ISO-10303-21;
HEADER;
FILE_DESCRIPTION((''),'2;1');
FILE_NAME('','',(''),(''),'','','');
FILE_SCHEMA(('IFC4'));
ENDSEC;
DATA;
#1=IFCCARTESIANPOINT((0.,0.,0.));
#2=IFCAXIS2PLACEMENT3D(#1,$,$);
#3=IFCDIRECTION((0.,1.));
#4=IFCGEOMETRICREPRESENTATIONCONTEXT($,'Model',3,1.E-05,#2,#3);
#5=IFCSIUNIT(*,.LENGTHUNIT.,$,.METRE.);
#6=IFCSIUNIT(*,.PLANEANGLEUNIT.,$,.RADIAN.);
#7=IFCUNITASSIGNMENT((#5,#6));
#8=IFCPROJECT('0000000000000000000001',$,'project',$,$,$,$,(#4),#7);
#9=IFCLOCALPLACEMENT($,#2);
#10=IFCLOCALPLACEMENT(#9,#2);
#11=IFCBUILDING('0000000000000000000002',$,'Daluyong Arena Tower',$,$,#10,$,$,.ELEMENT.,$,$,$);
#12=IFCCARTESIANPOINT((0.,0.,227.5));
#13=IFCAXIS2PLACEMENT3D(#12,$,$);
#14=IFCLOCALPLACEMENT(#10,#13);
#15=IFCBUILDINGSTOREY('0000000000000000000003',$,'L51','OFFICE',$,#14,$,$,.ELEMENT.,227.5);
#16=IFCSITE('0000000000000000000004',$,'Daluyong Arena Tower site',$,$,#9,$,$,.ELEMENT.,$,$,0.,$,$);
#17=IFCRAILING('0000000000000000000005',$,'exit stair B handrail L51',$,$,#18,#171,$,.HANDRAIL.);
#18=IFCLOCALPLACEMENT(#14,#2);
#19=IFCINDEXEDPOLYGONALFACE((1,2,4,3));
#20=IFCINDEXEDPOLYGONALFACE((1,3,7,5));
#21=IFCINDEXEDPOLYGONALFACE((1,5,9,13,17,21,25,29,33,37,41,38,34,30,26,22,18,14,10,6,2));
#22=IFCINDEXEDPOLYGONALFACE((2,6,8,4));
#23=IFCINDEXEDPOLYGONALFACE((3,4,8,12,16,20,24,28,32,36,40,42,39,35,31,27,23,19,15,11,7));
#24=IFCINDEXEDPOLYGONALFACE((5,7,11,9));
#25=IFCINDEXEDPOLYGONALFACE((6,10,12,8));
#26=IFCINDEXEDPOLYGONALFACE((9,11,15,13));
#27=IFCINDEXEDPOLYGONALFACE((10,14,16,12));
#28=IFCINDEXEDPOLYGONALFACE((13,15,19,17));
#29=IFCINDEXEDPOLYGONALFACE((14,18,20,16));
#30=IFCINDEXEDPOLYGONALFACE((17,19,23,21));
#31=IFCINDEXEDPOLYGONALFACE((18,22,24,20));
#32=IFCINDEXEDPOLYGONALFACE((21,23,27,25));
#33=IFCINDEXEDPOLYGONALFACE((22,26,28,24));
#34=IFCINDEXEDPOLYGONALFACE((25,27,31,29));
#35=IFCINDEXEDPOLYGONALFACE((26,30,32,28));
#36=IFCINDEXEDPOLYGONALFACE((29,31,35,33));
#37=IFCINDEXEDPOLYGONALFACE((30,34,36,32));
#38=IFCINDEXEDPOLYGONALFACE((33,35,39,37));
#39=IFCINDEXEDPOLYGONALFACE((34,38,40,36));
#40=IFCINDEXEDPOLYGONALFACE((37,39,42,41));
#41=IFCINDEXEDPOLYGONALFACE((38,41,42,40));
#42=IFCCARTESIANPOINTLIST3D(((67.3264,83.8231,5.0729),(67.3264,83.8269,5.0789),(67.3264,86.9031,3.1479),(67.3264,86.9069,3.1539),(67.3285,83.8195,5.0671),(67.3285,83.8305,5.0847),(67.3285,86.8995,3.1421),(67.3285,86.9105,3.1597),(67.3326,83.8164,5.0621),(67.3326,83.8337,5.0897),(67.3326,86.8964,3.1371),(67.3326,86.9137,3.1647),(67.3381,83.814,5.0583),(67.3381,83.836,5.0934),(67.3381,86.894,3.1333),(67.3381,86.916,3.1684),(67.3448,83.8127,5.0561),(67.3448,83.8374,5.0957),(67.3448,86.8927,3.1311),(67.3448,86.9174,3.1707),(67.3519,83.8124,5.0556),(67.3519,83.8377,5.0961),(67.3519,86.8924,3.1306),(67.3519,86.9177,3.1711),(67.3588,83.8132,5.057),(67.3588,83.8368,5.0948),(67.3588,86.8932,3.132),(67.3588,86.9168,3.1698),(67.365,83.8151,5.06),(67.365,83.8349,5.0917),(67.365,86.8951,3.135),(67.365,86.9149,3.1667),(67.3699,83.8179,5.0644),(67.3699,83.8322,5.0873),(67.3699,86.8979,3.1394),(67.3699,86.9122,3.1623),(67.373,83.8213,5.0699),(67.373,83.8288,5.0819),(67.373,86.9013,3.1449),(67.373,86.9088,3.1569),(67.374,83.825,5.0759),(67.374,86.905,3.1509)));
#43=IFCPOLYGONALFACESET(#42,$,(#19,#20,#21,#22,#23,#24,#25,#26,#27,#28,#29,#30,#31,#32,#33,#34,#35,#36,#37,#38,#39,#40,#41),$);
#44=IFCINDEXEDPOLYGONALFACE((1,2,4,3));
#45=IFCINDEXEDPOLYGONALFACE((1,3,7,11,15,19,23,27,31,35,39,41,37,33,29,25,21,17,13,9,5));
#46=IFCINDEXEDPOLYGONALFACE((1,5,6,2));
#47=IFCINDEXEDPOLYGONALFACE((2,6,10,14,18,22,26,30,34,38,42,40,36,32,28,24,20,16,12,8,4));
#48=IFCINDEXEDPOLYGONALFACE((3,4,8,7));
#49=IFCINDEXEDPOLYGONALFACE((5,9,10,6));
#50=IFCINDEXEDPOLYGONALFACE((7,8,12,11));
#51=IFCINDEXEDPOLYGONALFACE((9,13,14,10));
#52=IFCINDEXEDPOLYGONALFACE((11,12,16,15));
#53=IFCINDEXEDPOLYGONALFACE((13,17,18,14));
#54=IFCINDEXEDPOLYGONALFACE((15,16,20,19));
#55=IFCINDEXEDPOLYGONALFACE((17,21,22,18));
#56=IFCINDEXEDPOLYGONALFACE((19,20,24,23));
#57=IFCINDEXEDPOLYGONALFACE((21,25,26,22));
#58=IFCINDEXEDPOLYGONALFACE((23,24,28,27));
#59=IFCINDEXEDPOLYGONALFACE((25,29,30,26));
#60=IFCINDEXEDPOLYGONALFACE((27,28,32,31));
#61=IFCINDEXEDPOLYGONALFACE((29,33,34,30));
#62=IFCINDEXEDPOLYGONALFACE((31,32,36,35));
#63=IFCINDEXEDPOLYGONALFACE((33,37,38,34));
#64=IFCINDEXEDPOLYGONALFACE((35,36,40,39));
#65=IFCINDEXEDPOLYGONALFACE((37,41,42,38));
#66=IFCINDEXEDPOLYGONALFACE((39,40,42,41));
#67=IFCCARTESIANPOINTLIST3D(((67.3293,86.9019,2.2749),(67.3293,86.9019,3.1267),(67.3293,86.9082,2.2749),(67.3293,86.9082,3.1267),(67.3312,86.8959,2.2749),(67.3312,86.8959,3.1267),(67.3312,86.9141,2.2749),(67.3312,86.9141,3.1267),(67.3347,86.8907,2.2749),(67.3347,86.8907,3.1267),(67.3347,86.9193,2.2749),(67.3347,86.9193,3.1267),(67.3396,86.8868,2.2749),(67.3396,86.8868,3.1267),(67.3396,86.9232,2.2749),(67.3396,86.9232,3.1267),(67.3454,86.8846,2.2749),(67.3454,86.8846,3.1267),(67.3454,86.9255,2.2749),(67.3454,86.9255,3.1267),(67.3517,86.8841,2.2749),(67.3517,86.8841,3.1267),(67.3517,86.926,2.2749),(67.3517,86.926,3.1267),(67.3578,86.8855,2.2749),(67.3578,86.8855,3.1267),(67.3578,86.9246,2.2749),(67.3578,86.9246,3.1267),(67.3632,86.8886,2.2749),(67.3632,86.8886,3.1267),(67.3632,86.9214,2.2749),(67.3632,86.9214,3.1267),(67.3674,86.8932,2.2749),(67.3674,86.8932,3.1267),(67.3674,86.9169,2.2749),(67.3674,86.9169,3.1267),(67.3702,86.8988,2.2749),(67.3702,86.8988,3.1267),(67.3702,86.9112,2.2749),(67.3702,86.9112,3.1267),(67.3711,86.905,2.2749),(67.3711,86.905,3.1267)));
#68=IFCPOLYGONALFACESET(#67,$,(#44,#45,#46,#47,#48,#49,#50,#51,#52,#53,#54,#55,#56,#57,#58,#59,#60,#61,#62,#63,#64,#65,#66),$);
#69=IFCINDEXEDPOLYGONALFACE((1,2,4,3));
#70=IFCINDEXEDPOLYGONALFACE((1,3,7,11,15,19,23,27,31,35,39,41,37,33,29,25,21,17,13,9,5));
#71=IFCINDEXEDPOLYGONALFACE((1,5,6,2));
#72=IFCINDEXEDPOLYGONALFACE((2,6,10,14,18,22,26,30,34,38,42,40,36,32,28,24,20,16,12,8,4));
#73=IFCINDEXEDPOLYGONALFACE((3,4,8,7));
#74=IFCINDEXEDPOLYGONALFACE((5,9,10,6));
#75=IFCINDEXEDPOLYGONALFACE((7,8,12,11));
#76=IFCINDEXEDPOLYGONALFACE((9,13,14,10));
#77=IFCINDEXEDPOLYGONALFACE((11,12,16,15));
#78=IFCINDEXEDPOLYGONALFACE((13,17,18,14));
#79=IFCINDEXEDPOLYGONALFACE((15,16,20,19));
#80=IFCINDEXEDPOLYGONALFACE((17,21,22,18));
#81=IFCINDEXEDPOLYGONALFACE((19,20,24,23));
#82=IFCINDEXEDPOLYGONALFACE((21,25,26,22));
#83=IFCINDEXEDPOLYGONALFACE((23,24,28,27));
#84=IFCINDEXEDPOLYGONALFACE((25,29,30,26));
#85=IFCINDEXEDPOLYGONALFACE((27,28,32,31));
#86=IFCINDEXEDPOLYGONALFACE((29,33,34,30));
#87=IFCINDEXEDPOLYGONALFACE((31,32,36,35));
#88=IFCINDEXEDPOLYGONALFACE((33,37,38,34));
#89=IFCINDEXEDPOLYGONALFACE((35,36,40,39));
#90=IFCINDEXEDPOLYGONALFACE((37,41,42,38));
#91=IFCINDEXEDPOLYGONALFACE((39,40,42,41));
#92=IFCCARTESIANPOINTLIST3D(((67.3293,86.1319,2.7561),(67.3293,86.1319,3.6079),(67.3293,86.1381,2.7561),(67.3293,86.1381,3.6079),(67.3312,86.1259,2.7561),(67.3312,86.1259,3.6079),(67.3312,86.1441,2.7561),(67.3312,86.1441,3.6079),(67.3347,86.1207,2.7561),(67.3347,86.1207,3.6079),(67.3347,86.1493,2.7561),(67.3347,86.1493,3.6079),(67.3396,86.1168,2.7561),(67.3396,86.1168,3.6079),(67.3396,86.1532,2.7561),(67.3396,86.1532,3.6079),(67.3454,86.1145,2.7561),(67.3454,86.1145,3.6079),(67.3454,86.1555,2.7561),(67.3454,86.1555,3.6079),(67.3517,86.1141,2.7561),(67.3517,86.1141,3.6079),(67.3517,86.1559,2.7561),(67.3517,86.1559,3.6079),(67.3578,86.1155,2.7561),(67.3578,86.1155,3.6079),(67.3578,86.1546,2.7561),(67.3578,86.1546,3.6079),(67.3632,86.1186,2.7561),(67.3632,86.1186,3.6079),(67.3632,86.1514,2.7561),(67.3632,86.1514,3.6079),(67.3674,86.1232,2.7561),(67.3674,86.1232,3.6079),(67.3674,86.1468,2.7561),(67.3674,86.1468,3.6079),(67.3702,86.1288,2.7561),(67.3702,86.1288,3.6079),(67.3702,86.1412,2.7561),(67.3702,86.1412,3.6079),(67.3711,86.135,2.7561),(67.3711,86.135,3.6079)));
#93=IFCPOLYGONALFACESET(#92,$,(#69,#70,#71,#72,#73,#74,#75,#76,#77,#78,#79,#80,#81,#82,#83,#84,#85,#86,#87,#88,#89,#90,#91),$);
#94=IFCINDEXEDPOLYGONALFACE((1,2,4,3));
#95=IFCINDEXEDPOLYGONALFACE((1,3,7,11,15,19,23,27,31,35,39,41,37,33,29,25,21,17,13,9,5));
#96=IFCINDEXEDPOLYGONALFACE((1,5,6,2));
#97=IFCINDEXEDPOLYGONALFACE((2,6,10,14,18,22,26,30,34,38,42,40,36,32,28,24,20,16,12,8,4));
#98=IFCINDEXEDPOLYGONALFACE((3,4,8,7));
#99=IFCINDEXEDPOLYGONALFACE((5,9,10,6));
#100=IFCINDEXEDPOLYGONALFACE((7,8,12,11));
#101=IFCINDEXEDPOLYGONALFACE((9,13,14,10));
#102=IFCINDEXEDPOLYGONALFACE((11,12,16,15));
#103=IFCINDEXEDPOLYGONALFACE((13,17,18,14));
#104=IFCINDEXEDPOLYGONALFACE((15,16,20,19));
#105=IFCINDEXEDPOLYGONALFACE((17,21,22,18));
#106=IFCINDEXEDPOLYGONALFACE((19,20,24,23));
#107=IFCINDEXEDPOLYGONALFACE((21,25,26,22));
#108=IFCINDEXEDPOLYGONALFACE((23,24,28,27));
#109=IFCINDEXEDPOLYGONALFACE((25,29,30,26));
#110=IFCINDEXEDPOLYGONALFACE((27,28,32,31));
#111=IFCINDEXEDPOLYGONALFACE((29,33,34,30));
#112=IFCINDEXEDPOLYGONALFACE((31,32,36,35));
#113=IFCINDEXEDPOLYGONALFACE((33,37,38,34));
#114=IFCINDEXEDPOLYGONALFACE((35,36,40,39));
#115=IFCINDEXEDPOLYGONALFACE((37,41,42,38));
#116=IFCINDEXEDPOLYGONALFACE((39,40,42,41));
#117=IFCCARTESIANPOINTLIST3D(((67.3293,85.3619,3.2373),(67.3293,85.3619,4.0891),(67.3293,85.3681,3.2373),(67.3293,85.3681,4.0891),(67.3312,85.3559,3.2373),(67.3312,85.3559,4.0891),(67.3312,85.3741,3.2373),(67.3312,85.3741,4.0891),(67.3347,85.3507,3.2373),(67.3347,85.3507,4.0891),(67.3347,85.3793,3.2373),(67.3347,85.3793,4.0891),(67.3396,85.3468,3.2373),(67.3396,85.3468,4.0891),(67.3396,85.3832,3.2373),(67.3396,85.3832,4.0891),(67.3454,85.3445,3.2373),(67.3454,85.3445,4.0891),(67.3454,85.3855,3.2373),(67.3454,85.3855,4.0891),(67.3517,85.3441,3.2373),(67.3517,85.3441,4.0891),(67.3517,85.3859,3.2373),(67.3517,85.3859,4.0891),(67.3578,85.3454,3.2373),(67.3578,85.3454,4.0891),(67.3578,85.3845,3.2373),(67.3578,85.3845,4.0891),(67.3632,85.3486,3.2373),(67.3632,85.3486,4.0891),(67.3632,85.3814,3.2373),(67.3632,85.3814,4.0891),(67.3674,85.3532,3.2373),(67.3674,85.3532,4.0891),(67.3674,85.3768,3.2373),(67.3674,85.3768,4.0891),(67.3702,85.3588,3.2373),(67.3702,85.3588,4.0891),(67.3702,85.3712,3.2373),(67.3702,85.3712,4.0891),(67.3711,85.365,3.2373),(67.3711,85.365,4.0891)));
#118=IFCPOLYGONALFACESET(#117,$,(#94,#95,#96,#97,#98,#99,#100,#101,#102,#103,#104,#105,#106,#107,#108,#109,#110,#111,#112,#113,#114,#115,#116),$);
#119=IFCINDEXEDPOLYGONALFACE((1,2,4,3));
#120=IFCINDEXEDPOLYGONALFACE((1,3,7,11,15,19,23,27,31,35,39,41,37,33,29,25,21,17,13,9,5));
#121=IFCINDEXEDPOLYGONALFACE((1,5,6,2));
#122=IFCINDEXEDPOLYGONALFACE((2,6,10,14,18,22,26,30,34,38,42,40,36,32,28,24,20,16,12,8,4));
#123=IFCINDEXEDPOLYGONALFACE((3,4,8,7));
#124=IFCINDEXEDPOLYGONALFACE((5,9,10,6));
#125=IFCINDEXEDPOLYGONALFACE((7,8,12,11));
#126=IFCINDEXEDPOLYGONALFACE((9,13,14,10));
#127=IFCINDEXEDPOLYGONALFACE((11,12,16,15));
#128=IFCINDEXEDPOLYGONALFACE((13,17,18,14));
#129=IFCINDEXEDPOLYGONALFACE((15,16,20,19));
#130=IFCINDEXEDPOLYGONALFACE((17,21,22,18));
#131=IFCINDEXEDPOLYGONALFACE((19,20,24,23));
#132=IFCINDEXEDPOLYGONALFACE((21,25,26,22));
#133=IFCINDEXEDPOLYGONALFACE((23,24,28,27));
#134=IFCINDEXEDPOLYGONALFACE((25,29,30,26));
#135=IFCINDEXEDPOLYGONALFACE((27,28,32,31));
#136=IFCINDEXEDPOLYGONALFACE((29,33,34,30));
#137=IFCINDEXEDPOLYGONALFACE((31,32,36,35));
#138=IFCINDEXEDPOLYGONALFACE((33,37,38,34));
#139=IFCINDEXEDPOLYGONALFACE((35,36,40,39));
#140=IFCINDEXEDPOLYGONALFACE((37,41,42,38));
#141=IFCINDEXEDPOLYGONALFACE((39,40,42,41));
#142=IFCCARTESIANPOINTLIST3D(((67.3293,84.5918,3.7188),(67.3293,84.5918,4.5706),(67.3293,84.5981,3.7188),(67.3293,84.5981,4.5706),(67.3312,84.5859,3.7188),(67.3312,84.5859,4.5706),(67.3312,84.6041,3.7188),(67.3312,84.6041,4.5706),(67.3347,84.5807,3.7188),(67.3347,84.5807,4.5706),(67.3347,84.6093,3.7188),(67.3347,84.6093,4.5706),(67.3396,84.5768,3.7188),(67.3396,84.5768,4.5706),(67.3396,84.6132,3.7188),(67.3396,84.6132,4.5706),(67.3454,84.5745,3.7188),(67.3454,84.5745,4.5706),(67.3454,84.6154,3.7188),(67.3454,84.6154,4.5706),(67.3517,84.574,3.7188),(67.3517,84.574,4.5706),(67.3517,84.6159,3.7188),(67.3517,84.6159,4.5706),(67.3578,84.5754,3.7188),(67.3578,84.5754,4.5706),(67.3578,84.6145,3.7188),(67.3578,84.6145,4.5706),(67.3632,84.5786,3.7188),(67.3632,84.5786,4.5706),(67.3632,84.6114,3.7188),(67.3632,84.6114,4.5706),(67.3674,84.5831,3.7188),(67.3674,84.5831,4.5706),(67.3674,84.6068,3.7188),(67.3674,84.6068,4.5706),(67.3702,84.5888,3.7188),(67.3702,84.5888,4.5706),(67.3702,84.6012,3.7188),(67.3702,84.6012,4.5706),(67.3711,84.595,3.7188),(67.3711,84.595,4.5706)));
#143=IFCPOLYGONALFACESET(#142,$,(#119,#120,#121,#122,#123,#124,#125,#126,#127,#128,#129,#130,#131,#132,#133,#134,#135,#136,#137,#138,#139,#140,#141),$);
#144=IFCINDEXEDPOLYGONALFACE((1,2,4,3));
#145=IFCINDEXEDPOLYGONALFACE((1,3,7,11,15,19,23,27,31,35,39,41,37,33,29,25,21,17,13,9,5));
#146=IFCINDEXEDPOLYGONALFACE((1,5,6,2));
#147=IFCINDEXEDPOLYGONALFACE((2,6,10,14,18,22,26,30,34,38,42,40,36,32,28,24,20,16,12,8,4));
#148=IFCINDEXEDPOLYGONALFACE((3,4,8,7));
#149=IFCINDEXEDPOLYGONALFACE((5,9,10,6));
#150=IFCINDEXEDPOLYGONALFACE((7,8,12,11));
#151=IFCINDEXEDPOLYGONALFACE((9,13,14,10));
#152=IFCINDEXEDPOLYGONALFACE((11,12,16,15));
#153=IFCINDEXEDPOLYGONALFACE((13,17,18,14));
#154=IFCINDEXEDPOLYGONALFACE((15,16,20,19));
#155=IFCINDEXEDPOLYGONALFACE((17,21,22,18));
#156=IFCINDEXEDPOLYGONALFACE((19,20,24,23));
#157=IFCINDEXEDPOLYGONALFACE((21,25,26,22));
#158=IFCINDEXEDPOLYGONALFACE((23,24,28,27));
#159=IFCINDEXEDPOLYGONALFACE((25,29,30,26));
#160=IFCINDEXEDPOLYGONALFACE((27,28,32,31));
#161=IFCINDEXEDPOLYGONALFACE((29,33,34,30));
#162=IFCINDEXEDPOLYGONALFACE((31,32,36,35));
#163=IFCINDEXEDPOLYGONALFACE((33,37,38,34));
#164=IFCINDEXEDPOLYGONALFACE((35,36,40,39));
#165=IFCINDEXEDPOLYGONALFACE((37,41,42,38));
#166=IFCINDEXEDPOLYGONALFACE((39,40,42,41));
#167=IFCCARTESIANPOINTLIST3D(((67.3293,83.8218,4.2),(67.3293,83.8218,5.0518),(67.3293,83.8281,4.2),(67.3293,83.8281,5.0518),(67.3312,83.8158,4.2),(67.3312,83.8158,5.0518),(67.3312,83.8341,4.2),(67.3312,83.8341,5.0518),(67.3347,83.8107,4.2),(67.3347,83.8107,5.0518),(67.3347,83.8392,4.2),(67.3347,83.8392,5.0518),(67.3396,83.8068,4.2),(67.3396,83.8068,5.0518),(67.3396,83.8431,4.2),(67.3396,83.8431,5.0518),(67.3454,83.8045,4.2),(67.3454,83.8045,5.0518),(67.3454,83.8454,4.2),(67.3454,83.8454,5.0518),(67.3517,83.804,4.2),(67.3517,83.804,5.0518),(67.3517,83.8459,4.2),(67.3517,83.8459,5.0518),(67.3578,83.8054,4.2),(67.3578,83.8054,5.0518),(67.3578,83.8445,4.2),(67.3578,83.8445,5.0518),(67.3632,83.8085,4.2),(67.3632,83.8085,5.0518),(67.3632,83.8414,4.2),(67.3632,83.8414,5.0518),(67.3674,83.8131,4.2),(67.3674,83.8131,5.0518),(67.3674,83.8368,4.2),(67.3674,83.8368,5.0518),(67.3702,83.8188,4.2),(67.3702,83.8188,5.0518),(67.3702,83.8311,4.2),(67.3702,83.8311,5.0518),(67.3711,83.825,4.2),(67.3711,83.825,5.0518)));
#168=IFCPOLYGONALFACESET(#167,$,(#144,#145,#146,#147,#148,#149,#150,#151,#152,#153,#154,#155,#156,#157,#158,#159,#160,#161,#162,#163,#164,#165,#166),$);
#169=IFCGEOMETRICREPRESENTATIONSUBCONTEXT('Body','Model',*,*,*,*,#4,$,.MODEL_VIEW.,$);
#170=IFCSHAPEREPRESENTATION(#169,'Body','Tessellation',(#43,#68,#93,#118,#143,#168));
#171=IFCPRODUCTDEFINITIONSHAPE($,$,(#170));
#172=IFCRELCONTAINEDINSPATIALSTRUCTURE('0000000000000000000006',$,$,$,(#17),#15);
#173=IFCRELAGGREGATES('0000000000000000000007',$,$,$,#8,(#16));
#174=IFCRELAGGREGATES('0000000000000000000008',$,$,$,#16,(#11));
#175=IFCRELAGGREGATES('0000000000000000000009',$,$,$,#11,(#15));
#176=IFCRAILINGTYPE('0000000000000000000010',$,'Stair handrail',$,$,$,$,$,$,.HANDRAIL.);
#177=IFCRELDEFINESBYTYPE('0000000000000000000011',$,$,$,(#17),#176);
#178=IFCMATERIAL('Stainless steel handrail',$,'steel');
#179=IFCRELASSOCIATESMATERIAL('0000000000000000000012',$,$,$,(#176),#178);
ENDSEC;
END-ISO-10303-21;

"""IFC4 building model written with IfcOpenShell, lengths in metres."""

from ifc_helpers import new_model, si_unit, direction, frame, origin, origin_2d, place, context, subcontext, project, spatial, circle, extrude, material, type_object, element, save


model = new_model("IFC4")

# Units and contexts
model_context = context("Model", 3, precision=1e-05, world=origin(), true_north=direction((0.0, 1.0)))
body_context = subcontext(model_context, "Body", "Model", "MODEL_VIEW")
ifc_project = project(units=[si_unit("LENGTHUNIT", "METRE"), si_unit("PLANEANGLEUNIT", "RADIAN")], contexts=[model_context])

# Site, building, storey
site_placement = place(None, origin())
site = spatial("IfcSite", under=ifc_project, at=site_placement, Name="Daluyong Arena Tower site", CompositionType="ELEMENT", RefElevation=0.0)
building_placement = place(site_placement, origin())
building = spatial("IfcBuilding", under=site, at=building_placement, Name="Daluyong Arena Tower", CompositionType="ELEMENT")
storey_placement = place(building_placement, frame((0.0, 0.0, 227.5)))
storey = spatial("IfcBuildingStorey", under=building, at=storey_placement, Name="L51", Description="OFFICE", CompositionType="ELEMENT", Elevation=227.5)

# Railing
ifc_material_1 = material(Name="Stainless steel handrail", Category="steel")
railing_type_1 = type_object("IfcRailingType", Name="Stair handrail", PredefinedType="HANDRAIL", material=ifc_material_1)
railing_1_placement = place(storey_placement, frame((67.3501, 86.905, 2.2749)))
element("IfcRailing", 1, at=railing_1_placement, inside=storey, type_object=railing_type_1, Name="exit stair B handrail L51", PredefinedType="HANDRAIL", context=body_context, shape_type="SweptSolid", body=[
    extrude(circle(Radius=0.0239, at=origin_2d()), frame((0.0, 0.0, 0.876), z_axis=(0.0, -0.847998, 0.529999), x_axis=(1.0, 0.0, 0.0)), (0.0, 0.0, 1.0), 3.6321),
    extrude(circle(Radius=0.021, at=origin_2d()), origin(), (0.0, 0.0, 1.0), 0.8518),
    extrude(circle(Radius=0.021, at=origin_2d()), frame((0.0, -0.77, 0.4812)), (0.0, 0.0, 1.0), 0.8518),
    extrude(circle(Radius=0.021, at=origin_2d()), frame((0.0, -1.54, 0.9624)), (0.0, 0.0, 1.0), 0.8518),
    extrude(circle(Radius=0.021, at=origin_2d()), frame((0.0, -2.3101, 1.4438)), (0.0, 0.0, 1.0), 0.8518),
    extrude(circle(Radius=0.021, at=origin_2d()), frame((0.0, -3.0801, 1.925)), (0.0, 0.0, 1.0), 0.8518),
])

save(model, "model.ifc")
